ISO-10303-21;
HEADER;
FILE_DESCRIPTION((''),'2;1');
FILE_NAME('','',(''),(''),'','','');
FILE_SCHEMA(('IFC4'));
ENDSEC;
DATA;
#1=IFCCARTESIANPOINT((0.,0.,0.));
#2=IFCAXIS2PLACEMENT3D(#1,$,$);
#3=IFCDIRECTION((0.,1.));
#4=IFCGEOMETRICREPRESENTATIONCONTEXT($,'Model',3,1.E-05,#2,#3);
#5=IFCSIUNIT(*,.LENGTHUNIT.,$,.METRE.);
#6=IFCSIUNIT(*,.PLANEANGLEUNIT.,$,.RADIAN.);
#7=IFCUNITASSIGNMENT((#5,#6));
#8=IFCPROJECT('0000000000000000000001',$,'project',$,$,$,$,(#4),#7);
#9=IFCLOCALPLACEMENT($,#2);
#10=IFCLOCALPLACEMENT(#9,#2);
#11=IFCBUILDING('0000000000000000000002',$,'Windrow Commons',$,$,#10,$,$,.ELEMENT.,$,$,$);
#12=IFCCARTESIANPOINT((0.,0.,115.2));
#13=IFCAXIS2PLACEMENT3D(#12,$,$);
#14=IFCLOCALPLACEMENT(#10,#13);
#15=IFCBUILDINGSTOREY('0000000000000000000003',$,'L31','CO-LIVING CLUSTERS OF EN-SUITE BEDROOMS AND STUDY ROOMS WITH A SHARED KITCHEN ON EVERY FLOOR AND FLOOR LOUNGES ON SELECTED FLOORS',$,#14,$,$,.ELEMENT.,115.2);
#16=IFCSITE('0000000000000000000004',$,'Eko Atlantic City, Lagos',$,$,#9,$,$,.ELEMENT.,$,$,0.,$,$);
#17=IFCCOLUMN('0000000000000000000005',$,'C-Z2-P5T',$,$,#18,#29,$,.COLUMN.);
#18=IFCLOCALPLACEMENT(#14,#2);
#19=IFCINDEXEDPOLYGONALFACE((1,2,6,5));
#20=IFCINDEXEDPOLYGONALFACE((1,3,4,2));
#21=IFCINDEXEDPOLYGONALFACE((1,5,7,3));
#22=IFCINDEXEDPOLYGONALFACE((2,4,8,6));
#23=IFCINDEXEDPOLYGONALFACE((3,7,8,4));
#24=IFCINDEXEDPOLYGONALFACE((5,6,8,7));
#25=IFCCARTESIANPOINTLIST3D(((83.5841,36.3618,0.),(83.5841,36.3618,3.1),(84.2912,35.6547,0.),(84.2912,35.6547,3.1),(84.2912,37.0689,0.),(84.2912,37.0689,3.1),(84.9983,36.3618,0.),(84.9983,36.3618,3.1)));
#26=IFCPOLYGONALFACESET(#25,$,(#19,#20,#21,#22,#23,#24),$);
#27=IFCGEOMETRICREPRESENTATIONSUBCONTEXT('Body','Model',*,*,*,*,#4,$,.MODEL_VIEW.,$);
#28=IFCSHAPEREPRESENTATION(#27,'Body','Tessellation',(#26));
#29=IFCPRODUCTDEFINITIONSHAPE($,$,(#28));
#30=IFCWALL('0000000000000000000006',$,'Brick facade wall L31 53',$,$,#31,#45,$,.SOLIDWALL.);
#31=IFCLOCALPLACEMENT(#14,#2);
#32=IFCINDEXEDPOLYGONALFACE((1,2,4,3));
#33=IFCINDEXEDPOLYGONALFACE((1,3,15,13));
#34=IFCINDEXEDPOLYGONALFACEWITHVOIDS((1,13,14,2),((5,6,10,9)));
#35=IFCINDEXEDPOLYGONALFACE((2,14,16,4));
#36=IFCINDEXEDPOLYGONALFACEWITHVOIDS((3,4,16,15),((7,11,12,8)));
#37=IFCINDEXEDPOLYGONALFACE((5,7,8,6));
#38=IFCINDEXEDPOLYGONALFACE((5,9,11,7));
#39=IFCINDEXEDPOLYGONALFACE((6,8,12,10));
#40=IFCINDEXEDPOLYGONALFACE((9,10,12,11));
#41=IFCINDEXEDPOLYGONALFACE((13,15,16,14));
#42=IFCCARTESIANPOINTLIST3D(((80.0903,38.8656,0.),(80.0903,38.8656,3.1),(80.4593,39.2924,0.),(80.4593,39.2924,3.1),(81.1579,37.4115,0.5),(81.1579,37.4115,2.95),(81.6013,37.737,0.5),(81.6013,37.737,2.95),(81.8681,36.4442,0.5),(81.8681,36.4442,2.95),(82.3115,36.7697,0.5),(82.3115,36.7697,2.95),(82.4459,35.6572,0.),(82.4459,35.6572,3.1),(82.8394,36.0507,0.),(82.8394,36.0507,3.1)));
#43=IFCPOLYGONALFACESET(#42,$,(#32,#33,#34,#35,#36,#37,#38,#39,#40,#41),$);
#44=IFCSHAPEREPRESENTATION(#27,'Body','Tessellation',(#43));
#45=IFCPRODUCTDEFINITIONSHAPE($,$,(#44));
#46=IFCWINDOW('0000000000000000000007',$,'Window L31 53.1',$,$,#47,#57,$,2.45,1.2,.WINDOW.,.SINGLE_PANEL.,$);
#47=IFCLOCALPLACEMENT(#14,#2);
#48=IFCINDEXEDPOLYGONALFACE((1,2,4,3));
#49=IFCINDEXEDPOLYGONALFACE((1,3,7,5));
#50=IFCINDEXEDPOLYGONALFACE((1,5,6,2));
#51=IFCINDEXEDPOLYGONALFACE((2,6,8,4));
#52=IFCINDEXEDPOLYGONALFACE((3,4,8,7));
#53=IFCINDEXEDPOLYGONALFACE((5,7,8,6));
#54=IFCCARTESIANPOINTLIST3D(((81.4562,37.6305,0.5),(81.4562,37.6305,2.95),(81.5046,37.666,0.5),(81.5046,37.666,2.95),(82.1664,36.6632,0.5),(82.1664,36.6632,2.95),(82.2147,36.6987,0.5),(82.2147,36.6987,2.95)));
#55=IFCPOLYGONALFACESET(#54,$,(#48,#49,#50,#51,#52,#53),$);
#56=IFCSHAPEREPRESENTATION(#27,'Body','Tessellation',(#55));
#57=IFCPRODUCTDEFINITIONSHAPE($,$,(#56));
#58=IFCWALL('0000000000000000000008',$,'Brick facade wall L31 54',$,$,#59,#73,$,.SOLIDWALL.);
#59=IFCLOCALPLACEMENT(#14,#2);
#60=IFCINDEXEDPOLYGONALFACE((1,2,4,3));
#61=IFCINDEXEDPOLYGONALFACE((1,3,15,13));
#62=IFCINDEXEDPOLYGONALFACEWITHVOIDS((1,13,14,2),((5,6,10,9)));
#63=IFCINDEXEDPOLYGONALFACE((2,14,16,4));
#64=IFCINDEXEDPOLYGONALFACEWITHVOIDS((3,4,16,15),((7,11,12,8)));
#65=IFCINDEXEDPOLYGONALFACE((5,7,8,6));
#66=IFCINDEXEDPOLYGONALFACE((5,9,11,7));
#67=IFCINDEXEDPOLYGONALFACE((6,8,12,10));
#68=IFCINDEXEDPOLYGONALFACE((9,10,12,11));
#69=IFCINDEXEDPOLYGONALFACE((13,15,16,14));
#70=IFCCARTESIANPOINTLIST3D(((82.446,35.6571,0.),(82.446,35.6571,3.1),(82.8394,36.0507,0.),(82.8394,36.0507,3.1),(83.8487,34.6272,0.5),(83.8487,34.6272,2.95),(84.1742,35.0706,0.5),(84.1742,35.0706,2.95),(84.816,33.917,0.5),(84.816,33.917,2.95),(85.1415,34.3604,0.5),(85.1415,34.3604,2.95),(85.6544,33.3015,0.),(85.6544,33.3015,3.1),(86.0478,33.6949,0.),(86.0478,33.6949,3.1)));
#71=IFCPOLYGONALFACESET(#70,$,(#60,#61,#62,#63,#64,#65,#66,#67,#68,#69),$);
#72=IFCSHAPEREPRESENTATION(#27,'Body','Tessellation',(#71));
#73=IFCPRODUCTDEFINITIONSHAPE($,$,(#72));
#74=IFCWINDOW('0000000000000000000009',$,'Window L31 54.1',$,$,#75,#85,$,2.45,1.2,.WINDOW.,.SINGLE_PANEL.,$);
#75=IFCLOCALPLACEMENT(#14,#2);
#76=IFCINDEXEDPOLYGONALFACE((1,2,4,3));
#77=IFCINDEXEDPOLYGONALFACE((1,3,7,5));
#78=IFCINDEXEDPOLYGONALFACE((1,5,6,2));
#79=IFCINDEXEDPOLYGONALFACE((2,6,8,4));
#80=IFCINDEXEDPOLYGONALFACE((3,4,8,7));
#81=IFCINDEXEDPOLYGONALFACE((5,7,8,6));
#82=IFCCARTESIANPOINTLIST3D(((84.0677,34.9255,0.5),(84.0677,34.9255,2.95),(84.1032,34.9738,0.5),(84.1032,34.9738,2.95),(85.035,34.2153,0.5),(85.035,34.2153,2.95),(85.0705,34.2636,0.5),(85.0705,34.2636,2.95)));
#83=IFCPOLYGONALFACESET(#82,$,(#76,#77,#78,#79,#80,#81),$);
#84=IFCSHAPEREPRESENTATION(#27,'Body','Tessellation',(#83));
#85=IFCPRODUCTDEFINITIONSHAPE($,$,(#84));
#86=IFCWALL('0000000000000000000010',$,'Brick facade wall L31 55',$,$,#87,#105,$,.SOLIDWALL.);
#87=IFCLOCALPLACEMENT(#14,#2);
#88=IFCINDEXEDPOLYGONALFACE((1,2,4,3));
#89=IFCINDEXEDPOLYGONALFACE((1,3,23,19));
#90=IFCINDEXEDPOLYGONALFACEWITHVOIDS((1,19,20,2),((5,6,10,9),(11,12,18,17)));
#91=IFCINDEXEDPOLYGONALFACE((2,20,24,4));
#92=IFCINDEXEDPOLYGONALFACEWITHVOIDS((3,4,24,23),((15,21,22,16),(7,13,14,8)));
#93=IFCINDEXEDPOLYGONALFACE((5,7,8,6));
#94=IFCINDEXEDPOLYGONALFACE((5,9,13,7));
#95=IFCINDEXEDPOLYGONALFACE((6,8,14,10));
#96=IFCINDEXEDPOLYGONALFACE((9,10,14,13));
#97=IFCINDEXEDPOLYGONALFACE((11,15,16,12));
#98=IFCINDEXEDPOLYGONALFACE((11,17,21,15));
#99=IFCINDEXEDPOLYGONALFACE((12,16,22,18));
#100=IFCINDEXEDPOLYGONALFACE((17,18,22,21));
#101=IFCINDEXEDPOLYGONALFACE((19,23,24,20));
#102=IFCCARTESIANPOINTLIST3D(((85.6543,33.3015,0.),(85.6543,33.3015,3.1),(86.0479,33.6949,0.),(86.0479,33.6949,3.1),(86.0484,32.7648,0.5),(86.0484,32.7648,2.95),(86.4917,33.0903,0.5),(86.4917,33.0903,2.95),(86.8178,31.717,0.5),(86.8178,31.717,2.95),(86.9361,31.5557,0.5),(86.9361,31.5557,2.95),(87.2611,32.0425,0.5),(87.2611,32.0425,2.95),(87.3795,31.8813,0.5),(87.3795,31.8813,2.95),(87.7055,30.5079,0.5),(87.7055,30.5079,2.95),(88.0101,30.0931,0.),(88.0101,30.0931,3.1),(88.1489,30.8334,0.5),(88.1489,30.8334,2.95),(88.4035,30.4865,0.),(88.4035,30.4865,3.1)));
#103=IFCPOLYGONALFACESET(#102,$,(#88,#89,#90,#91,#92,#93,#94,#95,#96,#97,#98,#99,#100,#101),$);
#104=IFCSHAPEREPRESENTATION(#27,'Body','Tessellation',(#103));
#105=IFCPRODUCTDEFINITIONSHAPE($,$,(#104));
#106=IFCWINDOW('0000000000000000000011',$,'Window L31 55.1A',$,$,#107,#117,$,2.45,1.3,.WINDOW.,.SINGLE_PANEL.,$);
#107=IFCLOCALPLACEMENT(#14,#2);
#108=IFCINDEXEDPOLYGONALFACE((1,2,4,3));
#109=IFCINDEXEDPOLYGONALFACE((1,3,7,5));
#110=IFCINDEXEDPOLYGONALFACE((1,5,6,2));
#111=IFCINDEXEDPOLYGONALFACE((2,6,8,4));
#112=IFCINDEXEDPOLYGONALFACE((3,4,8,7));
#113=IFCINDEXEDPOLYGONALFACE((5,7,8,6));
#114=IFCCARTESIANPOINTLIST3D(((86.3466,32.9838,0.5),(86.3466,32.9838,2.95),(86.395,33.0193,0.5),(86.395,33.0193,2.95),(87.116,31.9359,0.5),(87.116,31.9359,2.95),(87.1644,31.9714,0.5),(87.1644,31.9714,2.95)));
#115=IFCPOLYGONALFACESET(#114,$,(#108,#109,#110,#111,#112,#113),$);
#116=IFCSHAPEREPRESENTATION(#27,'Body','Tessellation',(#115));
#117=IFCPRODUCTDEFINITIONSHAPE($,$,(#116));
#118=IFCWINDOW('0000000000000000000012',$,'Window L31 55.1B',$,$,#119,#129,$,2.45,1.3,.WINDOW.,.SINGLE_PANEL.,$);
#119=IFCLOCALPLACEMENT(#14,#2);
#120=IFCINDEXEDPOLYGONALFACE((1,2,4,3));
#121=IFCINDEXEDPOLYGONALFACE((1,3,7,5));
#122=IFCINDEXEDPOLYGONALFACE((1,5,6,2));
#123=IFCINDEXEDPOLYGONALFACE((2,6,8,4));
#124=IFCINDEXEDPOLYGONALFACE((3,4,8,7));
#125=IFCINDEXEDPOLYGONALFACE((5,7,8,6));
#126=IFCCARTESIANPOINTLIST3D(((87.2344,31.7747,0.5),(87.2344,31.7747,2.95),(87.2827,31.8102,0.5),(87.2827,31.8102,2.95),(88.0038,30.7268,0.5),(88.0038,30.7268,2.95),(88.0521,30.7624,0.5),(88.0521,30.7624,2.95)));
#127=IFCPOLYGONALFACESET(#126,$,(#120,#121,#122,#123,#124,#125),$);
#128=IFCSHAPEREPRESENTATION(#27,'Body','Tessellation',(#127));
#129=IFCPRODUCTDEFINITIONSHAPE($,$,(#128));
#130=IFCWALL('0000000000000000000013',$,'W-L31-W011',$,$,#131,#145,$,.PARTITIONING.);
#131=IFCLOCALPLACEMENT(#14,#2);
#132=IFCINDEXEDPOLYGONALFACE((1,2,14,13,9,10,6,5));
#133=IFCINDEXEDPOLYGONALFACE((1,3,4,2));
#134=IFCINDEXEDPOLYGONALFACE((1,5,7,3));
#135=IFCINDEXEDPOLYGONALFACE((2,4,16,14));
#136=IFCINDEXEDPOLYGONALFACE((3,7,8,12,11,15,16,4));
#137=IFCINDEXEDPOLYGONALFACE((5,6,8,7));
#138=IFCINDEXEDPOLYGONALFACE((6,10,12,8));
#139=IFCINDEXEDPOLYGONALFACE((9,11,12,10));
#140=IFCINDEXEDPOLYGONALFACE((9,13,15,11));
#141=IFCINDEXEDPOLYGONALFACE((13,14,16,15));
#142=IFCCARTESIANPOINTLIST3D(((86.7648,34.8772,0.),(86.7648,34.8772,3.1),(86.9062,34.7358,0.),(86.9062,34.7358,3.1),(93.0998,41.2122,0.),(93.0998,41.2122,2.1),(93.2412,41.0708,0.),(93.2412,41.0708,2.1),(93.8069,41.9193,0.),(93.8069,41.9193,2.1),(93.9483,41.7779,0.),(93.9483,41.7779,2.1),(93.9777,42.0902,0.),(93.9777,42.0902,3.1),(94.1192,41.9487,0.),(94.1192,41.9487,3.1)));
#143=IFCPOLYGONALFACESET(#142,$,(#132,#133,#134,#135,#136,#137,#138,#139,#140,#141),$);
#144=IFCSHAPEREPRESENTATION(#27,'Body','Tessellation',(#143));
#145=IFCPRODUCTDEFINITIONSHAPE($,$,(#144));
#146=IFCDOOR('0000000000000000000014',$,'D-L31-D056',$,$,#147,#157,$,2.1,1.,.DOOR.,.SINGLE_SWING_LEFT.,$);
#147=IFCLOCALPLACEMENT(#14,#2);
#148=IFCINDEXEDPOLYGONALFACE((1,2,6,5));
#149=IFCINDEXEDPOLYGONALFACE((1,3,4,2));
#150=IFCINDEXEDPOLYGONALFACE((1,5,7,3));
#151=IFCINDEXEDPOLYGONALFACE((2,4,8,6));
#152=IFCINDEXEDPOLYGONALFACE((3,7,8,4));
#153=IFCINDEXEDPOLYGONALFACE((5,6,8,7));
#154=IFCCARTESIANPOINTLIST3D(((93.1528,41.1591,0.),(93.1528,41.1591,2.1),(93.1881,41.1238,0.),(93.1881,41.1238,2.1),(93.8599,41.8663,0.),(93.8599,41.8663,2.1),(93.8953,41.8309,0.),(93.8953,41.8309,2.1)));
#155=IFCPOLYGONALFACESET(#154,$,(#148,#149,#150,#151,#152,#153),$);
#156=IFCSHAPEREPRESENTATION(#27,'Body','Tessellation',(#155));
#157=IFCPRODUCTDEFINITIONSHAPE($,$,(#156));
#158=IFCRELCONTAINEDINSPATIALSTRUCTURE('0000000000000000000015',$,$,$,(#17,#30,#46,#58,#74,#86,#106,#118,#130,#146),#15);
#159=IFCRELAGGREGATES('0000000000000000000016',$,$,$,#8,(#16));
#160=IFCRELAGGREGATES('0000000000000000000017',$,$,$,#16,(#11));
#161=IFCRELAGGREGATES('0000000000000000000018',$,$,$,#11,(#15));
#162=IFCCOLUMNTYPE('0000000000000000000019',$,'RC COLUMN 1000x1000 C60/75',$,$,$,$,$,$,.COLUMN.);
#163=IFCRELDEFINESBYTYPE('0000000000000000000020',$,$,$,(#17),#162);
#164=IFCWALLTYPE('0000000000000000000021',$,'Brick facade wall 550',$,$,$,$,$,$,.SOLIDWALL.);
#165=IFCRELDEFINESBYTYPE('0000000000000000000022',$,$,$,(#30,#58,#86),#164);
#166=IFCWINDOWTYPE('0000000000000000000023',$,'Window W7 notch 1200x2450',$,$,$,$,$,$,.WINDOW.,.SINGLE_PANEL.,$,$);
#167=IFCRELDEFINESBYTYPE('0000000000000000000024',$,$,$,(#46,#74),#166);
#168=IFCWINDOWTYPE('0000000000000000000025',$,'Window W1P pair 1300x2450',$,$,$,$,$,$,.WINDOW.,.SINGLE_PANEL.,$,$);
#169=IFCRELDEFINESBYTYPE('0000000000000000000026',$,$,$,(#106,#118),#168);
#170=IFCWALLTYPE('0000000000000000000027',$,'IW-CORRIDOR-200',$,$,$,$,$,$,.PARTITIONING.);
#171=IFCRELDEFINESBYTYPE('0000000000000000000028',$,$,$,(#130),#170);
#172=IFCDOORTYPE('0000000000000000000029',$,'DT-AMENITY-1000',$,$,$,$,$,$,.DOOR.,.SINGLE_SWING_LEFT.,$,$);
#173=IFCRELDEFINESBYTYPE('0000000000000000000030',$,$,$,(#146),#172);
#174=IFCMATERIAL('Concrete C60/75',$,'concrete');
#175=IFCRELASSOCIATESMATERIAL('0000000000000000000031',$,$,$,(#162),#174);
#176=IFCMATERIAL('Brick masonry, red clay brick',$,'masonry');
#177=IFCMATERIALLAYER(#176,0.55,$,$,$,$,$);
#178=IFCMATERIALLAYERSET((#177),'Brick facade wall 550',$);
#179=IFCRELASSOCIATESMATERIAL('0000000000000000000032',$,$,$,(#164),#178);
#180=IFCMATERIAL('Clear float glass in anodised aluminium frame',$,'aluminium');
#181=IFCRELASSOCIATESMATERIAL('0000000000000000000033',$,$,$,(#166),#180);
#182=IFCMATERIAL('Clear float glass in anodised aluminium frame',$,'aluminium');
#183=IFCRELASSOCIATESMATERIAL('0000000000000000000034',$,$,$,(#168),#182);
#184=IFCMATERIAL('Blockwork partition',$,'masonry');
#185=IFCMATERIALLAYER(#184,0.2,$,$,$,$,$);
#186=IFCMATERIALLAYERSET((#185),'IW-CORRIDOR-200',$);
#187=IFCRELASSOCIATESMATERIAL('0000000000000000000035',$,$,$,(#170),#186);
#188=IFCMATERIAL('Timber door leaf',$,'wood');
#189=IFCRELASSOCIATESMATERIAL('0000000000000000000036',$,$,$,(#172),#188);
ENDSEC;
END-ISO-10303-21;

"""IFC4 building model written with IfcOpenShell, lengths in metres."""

from ifc_helpers import new_model, si_unit, direction, frame, frame_2d, origin, origin_2d, place, context, subcontext, project, spatial, polyline, rectangle, outline, extrude, material, layer, layer_set, material_profile, profile_set, type_object, element, fill, save


model = new_model("IFC4")

# Units and contexts
model_context = context("Model", 3, precision=1e-05, world=origin(), true_north=direction((0.0, 1.0)))
body_context = subcontext(model_context, "Body", "Model", "MODEL_VIEW")
ifc_project = project(units=[si_unit("LENGTHUNIT", "METRE"), si_unit("PLANEANGLEUNIT", "RADIAN")], contexts=[model_context])

# Site, building, storey
site_placement = place(None, origin())
site = spatial("IfcSite", under=ifc_project, at=site_placement, Name="Eko Atlantic City, Lagos", CompositionType="ELEMENT", RefElevation=0.0)
building_placement = place(site_placement, origin())
building = spatial("IfcBuilding", under=site, at=building_placement, Name="Windrow Commons", CompositionType="ELEMENT")
storey_placement = place(building_placement, frame((0.0, 0.0, 115.2)))
storey = spatial("IfcBuildingStorey", under=building, at=storey_placement, Name="L31", Description="CO-LIVING CLUSTERS OF EN-SUITE BEDROOMS AND STUDY ROOMS WITH A SHARED KITCHEN ON EVERY FLOOR AND FLOOR LOUNGES ON SELECTED FLOORS", CompositionType="ELEMENT", Elevation=115.2)

# Column
ifc_material_1 = material(Name="Concrete C60/75", Category="concrete")
ifc_material_profile = material_profile(ifc_material_1, rectangle(XDim=1.0, YDim=1.0, at=origin_2d()))
ifc_profile_set = profile_set([ifc_material_profile], Name="Concrete C60/75")
column_type = type_object("IfcColumnType", Name="RC COLUMN 1000x1000 C60/75", PredefinedType="COLUMN", material=ifc_profile_set)
column_placement = place(storey_placement, frame((84.2912, 36.3618, 0.0), z_axis=(0.0, 0.0, 1.0), x_axis=(0.707107, -0.707107, 0.0)))
element("IfcColumn", 1, at=column_placement, inside=storey, type_object=column_type, Name="C-Z2-P5T", PredefinedType="COLUMN", context=body_context, shape_type="SweptSolid", body=[
    extrude(rectangle(XDim=1.0, YDim=1.0, at=origin_2d()), origin(), (0.0, 0.0, 1.0), 3.1),
])

# Walls, openings, windows
ifc_material_2 = material(Name="Brick masonry, red clay brick", Category="masonry")
ifc_layer_1 = layer(ifc_material_2, 0.55)
ifc_layer_set_1 = layer_set([ifc_layer_1], Name="Brick facade wall 550")
wall_type_1 = type_object("IfcWallType", Name="Brick facade wall 550", PredefinedType="SOLIDWALL", material=ifc_layer_set_1)
wall_1_placement = place(storey_placement, frame((80.2748, 39.079, 0.0), z_axis=(0.0, 0.0, 1.0), x_axis=(0.591823, -0.806068, 0.0)))
wall_1 = element("IfcWall", 2, at=wall_1_placement, inside=storey, type_object=wall_type_1, Name="Brick facade wall L31 53", PredefinedType="SOLIDWALL", context=body_context, shape_type="SweptSolid", body=[
    extrude(outline(polyline([(0.0628, -0.275), (4.0431, -0.275), (3.9588, 0.275), (-0.0628, 0.275), (0.0628, -0.275)])), origin(), (0.0, 0.0, 1.0), 3.1),
])
opening_1_placement = place(wall_1_placement, frame((1.8668, 0.0, 0.5)))
opening_1 = element("IfcOpeningElement", 3, at=opening_1_placement, cuts=wall_1, PredefinedType="OPENING", context=body_context, shape_type="SweptSolid", body=[
    extrude(rectangle(XDim=1.2, YDim=2.45, at=frame_2d((0.6, 1.225))), frame((0.0, 0.285, 0.0), z_axis=(0.0, -1.0, 0.0), x_axis=(1.0, 0.0, 0.0)), (0.0, 0.0, 1.0), 0.57),
])
ifc_material_3 = material(Name="Clear float glass in anodised aluminium frame", Category="aluminium")
window_type_1 = type_object("IfcWindowType", Name="Window W7 notch 1200x2450", PartitioningType="SINGLE_PANEL", PredefinedType="WINDOW", material=ifc_material_3)
window_1_placement = place(opening_1_placement, origin())
window_1 = element("IfcWindow", 4, at=window_1_placement, inside=storey, type_object=window_type_1, Name="Window L31 53.1", OverallHeight=2.45, OverallWidth=1.2, PartitioningType="SINGLE_PANEL", PredefinedType="WINDOW", context=body_context, shape_type="SweptSolid", body=[
    extrude(rectangle(XDim=1.2, YDim=2.45, at=frame_2d((0.6, 1.225))), frame((0.0, 0.155, 0.0), z_axis=(0.0, -1.0, 0.0), x_axis=(1.0, 0.0, 0.0)), (0.0, 0.0, 1.0), 0.06),
])
fill(opening_1, window_1)
wall_2_placement = place(storey_placement, frame((82.6427, 35.8539, 0.0), z_axis=(0.0, 0.0, 1.0), x_axis=(0.806061, -0.591833, 0.0)))
wall_2 = element("IfcWall", 5, at=wall_2_placement, inside=storey, type_object=wall_type_1, Name="Brick facade wall L31 54", PredefinedType="SOLIDWALL", context=body_context, shape_type="SweptSolid", body=[
    extrude(outline(polyline([(-0.0421, -0.275), (3.9382, -0.275), (4.0225, 0.275), (0.0421, 0.275), (-0.0421, -0.275)])), origin(), (0.0, 0.0, 1.0), 3.1),
])
opening_2_placement = place(wall_2_placement, frame((1.6981, 0.0, 0.5)))
opening_2 = element("IfcOpeningElement", 6, at=opening_2_placement, cuts=wall_2, PredefinedType="OPENING", context=body_context, shape_type="SweptSolid", body=[
    extrude(rectangle(XDim=1.2, YDim=2.45, at=frame_2d((0.6, 1.225))), frame((0.0, 0.285, 0.0), z_axis=(0.0, -1.0, 0.0), x_axis=(1.0, 0.0, 0.0)), (0.0, 0.0, 1.0), 0.57),
])
window_2_placement = place(opening_2_placement, origin())
window_2 = element("IfcWindow", 7, at=window_2_placement, inside=storey, type_object=window_type_1, Name="Window L31 54.1", OverallHeight=2.45, OverallWidth=1.2, PartitioningType="SINGLE_PANEL", PredefinedType="WINDOW", context=body_context, shape_type="SweptSolid", body=[
    extrude(rectangle(XDim=1.2, YDim=2.45, at=frame_2d((0.6, 1.225))), frame((0.0, 0.155, 0.0), z_axis=(0.0, -1.0, 0.0), x_axis=(1.0, 0.0, 0.0)), (0.0, 0.0, 1.0), 0.06),
])
fill(opening_2, window_2)

# Wall, openings, windows
wall_3_placement = place(storey_placement, frame((85.8511, 33.4982, 0.0), z_axis=(0.0, 0.0, 1.0), x_axis=(0.591833, -0.806061, 0.0)))
wall_3 = element("IfcWall", 8, at=wall_3_placement, inside=storey, type_object=wall_type_1, Name="Brick facade wall L31 55", PredefinedType="SOLIDWALL", context=body_context, shape_type="SweptSolid", body=[
    extrude(outline(polyline([(0.0421, -0.275), (4.0225, -0.275), (3.9382, 0.275), (-0.0421, 0.275), (0.0421, -0.275)])), origin(), (0.0, 0.0, 1.0), 3.1),
])
opening_3_placement = place(wall_3_placement, frame((0.7079, 0.0, 0.5)))
opening_3 = element("IfcOpeningElement", 9, at=opening_3_placement, cuts=wall_3, PredefinedType="OPENING", context=body_context, shape_type="SweptSolid", body=[
    extrude(rectangle(XDim=1.3, YDim=2.45, at=frame_2d((0.65, 1.225))), frame((0.0, 0.285, 0.0), z_axis=(0.0, -1.0, 0.0), x_axis=(1.0, 0.0, 0.0)), (0.0, 0.0, 1.0), 0.57),
])
opening_4_placement = place(wall_3_placement, frame((2.2079, 0.0, 0.5)))
opening_4 = element("IfcOpeningElement", 10, at=opening_4_placement, cuts=wall_3, PredefinedType="OPENING", context=body_context, shape_type="SweptSolid", body=[
    extrude(rectangle(XDim=1.3, YDim=2.45, at=frame_2d((0.65, 1.225))), frame((0.0, 0.285, 0.0), z_axis=(0.0, -1.0, 0.0), x_axis=(1.0, 0.0, 0.0)), (0.0, 0.0, 1.0), 0.57),
])
ifc_material_4 = material(Name="Clear float glass in anodised aluminium frame", Category="aluminium")
window_type_2 = type_object("IfcWindowType", Name="Window W1P pair 1300x2450", PartitioningType="SINGLE_PANEL", PredefinedType="WINDOW", material=ifc_material_4)
window_3_placement = place(opening_3_placement, origin())
window_3 = element("IfcWindow", 11, at=window_3_placement, inside=storey, type_object=window_type_2, Name="Window L31 55.1A", OverallHeight=2.45, OverallWidth=1.3, PartitioningType="SINGLE_PANEL", PredefinedType="WINDOW", context=body_context, shape_type="SweptSolid", body=[
    extrude(rectangle(XDim=1.3, YDim=2.45, at=frame_2d((0.65, 1.225))), frame((0.0, 0.155, 0.0), z_axis=(0.0, -1.0, 0.0), x_axis=(1.0, 0.0, 0.0)), (0.0, 0.0, 1.0), 0.06),
])
fill(opening_3, window_3)
window_4_placement = place(opening_4_placement, origin())
window_4 = element("IfcWindow", 12, at=window_4_placement, inside=storey, type_object=window_type_2, Name="Window L31 55.1B", OverallHeight=2.45, OverallWidth=1.3, PartitioningType="SINGLE_PANEL", PredefinedType="WINDOW", context=body_context, shape_type="SweptSolid", body=[
    extrude(rectangle(XDim=1.3, YDim=2.45, at=frame_2d((0.65, 1.225))), frame((0.0, 0.155, 0.0), z_axis=(0.0, -1.0, 0.0), x_axis=(1.0, 0.0, 0.0)), (0.0, 0.0, 1.0), 0.06),
])
fill(opening_4, window_4)

# Wall, opening, door
ifc_material_5 = material(Name="Blockwork partition", Category="masonry")
ifc_layer_2 = layer(ifc_material_5, 0.2)
ifc_layer_set_2 = layer_set([ifc_layer_2], Name="IW-CORRIDOR-200")
wall_type_2 = type_object("IfcWallType", Name="IW-CORRIDOR-200", PredefinedType="PARTITIONING", material=ifc_layer_set_2)
wall_4_placement = place(storey_placement, frame((86.8355, 34.8065, 0.0), z_axis=(0.0, 0.0, 1.0), x_axis=(0.707107, 0.707107, 0.0)))
wall_4 = element("IfcWall", 13, at=wall_4_placement, inside=storey, type_object=wall_type_2, Name="W-L31-W011", PredefinedType="PARTITIONING", context=body_context, shape_type="SweptSolid", body=[
    extrude(rectangle(XDim=10.2007, YDim=0.2, at=frame_2d((5.1003, 0.0))), origin(), (0.0, 0.0, 1.0), 3.1),
])
opening_5_placement = place(wall_4_placement, frame((8.959, 0.0, 0.0)))
opening_5 = element("IfcOpeningElement", 14, at=opening_5_placement, cuts=wall_4, PredefinedType="OPENING", context=body_context, shape_type="SweptSolid", body=[
    extrude(rectangle(XDim=1.0, YDim=2.1, at=frame_2d((0.5, 1.05))), frame((0.0, 0.11, 0.0), z_axis=(0.0, -1.0, 0.0), x_axis=(1.0, 0.0, 0.0)), (0.0, 0.0, 1.0), 0.22),
])
ifc_material_6 = material(Name="Timber door leaf", Category="wood")
door_type = type_object("IfcDoorType", Name="DT-AMENITY-1000", OperationType="SINGLE_SWING_LEFT", PredefinedType="DOOR", material=ifc_material_6)
door_placement = place(opening_5_placement, origin())
door = element("IfcDoor", 15, at=door_placement, inside=storey, type_object=door_type, Name="D-L31-D056", OperationType="SINGLE_SWING_LEFT", OverallHeight=2.1, OverallWidth=1.0, PredefinedType="DOOR", context=body_context, shape_type="SweptSolid", body=[
    extrude(rectangle(XDim=1.0, YDim=2.1, at=frame_2d((0.5, 1.05))), frame((0.0, 0.025, 0.0), z_axis=(0.0, -1.0, 0.0), x_axis=(1.0, 0.0, 0.0)), (0.0, 0.0, 1.0), 0.05),
])
fill(opening_5, door)

save(model, "model.ifc")
